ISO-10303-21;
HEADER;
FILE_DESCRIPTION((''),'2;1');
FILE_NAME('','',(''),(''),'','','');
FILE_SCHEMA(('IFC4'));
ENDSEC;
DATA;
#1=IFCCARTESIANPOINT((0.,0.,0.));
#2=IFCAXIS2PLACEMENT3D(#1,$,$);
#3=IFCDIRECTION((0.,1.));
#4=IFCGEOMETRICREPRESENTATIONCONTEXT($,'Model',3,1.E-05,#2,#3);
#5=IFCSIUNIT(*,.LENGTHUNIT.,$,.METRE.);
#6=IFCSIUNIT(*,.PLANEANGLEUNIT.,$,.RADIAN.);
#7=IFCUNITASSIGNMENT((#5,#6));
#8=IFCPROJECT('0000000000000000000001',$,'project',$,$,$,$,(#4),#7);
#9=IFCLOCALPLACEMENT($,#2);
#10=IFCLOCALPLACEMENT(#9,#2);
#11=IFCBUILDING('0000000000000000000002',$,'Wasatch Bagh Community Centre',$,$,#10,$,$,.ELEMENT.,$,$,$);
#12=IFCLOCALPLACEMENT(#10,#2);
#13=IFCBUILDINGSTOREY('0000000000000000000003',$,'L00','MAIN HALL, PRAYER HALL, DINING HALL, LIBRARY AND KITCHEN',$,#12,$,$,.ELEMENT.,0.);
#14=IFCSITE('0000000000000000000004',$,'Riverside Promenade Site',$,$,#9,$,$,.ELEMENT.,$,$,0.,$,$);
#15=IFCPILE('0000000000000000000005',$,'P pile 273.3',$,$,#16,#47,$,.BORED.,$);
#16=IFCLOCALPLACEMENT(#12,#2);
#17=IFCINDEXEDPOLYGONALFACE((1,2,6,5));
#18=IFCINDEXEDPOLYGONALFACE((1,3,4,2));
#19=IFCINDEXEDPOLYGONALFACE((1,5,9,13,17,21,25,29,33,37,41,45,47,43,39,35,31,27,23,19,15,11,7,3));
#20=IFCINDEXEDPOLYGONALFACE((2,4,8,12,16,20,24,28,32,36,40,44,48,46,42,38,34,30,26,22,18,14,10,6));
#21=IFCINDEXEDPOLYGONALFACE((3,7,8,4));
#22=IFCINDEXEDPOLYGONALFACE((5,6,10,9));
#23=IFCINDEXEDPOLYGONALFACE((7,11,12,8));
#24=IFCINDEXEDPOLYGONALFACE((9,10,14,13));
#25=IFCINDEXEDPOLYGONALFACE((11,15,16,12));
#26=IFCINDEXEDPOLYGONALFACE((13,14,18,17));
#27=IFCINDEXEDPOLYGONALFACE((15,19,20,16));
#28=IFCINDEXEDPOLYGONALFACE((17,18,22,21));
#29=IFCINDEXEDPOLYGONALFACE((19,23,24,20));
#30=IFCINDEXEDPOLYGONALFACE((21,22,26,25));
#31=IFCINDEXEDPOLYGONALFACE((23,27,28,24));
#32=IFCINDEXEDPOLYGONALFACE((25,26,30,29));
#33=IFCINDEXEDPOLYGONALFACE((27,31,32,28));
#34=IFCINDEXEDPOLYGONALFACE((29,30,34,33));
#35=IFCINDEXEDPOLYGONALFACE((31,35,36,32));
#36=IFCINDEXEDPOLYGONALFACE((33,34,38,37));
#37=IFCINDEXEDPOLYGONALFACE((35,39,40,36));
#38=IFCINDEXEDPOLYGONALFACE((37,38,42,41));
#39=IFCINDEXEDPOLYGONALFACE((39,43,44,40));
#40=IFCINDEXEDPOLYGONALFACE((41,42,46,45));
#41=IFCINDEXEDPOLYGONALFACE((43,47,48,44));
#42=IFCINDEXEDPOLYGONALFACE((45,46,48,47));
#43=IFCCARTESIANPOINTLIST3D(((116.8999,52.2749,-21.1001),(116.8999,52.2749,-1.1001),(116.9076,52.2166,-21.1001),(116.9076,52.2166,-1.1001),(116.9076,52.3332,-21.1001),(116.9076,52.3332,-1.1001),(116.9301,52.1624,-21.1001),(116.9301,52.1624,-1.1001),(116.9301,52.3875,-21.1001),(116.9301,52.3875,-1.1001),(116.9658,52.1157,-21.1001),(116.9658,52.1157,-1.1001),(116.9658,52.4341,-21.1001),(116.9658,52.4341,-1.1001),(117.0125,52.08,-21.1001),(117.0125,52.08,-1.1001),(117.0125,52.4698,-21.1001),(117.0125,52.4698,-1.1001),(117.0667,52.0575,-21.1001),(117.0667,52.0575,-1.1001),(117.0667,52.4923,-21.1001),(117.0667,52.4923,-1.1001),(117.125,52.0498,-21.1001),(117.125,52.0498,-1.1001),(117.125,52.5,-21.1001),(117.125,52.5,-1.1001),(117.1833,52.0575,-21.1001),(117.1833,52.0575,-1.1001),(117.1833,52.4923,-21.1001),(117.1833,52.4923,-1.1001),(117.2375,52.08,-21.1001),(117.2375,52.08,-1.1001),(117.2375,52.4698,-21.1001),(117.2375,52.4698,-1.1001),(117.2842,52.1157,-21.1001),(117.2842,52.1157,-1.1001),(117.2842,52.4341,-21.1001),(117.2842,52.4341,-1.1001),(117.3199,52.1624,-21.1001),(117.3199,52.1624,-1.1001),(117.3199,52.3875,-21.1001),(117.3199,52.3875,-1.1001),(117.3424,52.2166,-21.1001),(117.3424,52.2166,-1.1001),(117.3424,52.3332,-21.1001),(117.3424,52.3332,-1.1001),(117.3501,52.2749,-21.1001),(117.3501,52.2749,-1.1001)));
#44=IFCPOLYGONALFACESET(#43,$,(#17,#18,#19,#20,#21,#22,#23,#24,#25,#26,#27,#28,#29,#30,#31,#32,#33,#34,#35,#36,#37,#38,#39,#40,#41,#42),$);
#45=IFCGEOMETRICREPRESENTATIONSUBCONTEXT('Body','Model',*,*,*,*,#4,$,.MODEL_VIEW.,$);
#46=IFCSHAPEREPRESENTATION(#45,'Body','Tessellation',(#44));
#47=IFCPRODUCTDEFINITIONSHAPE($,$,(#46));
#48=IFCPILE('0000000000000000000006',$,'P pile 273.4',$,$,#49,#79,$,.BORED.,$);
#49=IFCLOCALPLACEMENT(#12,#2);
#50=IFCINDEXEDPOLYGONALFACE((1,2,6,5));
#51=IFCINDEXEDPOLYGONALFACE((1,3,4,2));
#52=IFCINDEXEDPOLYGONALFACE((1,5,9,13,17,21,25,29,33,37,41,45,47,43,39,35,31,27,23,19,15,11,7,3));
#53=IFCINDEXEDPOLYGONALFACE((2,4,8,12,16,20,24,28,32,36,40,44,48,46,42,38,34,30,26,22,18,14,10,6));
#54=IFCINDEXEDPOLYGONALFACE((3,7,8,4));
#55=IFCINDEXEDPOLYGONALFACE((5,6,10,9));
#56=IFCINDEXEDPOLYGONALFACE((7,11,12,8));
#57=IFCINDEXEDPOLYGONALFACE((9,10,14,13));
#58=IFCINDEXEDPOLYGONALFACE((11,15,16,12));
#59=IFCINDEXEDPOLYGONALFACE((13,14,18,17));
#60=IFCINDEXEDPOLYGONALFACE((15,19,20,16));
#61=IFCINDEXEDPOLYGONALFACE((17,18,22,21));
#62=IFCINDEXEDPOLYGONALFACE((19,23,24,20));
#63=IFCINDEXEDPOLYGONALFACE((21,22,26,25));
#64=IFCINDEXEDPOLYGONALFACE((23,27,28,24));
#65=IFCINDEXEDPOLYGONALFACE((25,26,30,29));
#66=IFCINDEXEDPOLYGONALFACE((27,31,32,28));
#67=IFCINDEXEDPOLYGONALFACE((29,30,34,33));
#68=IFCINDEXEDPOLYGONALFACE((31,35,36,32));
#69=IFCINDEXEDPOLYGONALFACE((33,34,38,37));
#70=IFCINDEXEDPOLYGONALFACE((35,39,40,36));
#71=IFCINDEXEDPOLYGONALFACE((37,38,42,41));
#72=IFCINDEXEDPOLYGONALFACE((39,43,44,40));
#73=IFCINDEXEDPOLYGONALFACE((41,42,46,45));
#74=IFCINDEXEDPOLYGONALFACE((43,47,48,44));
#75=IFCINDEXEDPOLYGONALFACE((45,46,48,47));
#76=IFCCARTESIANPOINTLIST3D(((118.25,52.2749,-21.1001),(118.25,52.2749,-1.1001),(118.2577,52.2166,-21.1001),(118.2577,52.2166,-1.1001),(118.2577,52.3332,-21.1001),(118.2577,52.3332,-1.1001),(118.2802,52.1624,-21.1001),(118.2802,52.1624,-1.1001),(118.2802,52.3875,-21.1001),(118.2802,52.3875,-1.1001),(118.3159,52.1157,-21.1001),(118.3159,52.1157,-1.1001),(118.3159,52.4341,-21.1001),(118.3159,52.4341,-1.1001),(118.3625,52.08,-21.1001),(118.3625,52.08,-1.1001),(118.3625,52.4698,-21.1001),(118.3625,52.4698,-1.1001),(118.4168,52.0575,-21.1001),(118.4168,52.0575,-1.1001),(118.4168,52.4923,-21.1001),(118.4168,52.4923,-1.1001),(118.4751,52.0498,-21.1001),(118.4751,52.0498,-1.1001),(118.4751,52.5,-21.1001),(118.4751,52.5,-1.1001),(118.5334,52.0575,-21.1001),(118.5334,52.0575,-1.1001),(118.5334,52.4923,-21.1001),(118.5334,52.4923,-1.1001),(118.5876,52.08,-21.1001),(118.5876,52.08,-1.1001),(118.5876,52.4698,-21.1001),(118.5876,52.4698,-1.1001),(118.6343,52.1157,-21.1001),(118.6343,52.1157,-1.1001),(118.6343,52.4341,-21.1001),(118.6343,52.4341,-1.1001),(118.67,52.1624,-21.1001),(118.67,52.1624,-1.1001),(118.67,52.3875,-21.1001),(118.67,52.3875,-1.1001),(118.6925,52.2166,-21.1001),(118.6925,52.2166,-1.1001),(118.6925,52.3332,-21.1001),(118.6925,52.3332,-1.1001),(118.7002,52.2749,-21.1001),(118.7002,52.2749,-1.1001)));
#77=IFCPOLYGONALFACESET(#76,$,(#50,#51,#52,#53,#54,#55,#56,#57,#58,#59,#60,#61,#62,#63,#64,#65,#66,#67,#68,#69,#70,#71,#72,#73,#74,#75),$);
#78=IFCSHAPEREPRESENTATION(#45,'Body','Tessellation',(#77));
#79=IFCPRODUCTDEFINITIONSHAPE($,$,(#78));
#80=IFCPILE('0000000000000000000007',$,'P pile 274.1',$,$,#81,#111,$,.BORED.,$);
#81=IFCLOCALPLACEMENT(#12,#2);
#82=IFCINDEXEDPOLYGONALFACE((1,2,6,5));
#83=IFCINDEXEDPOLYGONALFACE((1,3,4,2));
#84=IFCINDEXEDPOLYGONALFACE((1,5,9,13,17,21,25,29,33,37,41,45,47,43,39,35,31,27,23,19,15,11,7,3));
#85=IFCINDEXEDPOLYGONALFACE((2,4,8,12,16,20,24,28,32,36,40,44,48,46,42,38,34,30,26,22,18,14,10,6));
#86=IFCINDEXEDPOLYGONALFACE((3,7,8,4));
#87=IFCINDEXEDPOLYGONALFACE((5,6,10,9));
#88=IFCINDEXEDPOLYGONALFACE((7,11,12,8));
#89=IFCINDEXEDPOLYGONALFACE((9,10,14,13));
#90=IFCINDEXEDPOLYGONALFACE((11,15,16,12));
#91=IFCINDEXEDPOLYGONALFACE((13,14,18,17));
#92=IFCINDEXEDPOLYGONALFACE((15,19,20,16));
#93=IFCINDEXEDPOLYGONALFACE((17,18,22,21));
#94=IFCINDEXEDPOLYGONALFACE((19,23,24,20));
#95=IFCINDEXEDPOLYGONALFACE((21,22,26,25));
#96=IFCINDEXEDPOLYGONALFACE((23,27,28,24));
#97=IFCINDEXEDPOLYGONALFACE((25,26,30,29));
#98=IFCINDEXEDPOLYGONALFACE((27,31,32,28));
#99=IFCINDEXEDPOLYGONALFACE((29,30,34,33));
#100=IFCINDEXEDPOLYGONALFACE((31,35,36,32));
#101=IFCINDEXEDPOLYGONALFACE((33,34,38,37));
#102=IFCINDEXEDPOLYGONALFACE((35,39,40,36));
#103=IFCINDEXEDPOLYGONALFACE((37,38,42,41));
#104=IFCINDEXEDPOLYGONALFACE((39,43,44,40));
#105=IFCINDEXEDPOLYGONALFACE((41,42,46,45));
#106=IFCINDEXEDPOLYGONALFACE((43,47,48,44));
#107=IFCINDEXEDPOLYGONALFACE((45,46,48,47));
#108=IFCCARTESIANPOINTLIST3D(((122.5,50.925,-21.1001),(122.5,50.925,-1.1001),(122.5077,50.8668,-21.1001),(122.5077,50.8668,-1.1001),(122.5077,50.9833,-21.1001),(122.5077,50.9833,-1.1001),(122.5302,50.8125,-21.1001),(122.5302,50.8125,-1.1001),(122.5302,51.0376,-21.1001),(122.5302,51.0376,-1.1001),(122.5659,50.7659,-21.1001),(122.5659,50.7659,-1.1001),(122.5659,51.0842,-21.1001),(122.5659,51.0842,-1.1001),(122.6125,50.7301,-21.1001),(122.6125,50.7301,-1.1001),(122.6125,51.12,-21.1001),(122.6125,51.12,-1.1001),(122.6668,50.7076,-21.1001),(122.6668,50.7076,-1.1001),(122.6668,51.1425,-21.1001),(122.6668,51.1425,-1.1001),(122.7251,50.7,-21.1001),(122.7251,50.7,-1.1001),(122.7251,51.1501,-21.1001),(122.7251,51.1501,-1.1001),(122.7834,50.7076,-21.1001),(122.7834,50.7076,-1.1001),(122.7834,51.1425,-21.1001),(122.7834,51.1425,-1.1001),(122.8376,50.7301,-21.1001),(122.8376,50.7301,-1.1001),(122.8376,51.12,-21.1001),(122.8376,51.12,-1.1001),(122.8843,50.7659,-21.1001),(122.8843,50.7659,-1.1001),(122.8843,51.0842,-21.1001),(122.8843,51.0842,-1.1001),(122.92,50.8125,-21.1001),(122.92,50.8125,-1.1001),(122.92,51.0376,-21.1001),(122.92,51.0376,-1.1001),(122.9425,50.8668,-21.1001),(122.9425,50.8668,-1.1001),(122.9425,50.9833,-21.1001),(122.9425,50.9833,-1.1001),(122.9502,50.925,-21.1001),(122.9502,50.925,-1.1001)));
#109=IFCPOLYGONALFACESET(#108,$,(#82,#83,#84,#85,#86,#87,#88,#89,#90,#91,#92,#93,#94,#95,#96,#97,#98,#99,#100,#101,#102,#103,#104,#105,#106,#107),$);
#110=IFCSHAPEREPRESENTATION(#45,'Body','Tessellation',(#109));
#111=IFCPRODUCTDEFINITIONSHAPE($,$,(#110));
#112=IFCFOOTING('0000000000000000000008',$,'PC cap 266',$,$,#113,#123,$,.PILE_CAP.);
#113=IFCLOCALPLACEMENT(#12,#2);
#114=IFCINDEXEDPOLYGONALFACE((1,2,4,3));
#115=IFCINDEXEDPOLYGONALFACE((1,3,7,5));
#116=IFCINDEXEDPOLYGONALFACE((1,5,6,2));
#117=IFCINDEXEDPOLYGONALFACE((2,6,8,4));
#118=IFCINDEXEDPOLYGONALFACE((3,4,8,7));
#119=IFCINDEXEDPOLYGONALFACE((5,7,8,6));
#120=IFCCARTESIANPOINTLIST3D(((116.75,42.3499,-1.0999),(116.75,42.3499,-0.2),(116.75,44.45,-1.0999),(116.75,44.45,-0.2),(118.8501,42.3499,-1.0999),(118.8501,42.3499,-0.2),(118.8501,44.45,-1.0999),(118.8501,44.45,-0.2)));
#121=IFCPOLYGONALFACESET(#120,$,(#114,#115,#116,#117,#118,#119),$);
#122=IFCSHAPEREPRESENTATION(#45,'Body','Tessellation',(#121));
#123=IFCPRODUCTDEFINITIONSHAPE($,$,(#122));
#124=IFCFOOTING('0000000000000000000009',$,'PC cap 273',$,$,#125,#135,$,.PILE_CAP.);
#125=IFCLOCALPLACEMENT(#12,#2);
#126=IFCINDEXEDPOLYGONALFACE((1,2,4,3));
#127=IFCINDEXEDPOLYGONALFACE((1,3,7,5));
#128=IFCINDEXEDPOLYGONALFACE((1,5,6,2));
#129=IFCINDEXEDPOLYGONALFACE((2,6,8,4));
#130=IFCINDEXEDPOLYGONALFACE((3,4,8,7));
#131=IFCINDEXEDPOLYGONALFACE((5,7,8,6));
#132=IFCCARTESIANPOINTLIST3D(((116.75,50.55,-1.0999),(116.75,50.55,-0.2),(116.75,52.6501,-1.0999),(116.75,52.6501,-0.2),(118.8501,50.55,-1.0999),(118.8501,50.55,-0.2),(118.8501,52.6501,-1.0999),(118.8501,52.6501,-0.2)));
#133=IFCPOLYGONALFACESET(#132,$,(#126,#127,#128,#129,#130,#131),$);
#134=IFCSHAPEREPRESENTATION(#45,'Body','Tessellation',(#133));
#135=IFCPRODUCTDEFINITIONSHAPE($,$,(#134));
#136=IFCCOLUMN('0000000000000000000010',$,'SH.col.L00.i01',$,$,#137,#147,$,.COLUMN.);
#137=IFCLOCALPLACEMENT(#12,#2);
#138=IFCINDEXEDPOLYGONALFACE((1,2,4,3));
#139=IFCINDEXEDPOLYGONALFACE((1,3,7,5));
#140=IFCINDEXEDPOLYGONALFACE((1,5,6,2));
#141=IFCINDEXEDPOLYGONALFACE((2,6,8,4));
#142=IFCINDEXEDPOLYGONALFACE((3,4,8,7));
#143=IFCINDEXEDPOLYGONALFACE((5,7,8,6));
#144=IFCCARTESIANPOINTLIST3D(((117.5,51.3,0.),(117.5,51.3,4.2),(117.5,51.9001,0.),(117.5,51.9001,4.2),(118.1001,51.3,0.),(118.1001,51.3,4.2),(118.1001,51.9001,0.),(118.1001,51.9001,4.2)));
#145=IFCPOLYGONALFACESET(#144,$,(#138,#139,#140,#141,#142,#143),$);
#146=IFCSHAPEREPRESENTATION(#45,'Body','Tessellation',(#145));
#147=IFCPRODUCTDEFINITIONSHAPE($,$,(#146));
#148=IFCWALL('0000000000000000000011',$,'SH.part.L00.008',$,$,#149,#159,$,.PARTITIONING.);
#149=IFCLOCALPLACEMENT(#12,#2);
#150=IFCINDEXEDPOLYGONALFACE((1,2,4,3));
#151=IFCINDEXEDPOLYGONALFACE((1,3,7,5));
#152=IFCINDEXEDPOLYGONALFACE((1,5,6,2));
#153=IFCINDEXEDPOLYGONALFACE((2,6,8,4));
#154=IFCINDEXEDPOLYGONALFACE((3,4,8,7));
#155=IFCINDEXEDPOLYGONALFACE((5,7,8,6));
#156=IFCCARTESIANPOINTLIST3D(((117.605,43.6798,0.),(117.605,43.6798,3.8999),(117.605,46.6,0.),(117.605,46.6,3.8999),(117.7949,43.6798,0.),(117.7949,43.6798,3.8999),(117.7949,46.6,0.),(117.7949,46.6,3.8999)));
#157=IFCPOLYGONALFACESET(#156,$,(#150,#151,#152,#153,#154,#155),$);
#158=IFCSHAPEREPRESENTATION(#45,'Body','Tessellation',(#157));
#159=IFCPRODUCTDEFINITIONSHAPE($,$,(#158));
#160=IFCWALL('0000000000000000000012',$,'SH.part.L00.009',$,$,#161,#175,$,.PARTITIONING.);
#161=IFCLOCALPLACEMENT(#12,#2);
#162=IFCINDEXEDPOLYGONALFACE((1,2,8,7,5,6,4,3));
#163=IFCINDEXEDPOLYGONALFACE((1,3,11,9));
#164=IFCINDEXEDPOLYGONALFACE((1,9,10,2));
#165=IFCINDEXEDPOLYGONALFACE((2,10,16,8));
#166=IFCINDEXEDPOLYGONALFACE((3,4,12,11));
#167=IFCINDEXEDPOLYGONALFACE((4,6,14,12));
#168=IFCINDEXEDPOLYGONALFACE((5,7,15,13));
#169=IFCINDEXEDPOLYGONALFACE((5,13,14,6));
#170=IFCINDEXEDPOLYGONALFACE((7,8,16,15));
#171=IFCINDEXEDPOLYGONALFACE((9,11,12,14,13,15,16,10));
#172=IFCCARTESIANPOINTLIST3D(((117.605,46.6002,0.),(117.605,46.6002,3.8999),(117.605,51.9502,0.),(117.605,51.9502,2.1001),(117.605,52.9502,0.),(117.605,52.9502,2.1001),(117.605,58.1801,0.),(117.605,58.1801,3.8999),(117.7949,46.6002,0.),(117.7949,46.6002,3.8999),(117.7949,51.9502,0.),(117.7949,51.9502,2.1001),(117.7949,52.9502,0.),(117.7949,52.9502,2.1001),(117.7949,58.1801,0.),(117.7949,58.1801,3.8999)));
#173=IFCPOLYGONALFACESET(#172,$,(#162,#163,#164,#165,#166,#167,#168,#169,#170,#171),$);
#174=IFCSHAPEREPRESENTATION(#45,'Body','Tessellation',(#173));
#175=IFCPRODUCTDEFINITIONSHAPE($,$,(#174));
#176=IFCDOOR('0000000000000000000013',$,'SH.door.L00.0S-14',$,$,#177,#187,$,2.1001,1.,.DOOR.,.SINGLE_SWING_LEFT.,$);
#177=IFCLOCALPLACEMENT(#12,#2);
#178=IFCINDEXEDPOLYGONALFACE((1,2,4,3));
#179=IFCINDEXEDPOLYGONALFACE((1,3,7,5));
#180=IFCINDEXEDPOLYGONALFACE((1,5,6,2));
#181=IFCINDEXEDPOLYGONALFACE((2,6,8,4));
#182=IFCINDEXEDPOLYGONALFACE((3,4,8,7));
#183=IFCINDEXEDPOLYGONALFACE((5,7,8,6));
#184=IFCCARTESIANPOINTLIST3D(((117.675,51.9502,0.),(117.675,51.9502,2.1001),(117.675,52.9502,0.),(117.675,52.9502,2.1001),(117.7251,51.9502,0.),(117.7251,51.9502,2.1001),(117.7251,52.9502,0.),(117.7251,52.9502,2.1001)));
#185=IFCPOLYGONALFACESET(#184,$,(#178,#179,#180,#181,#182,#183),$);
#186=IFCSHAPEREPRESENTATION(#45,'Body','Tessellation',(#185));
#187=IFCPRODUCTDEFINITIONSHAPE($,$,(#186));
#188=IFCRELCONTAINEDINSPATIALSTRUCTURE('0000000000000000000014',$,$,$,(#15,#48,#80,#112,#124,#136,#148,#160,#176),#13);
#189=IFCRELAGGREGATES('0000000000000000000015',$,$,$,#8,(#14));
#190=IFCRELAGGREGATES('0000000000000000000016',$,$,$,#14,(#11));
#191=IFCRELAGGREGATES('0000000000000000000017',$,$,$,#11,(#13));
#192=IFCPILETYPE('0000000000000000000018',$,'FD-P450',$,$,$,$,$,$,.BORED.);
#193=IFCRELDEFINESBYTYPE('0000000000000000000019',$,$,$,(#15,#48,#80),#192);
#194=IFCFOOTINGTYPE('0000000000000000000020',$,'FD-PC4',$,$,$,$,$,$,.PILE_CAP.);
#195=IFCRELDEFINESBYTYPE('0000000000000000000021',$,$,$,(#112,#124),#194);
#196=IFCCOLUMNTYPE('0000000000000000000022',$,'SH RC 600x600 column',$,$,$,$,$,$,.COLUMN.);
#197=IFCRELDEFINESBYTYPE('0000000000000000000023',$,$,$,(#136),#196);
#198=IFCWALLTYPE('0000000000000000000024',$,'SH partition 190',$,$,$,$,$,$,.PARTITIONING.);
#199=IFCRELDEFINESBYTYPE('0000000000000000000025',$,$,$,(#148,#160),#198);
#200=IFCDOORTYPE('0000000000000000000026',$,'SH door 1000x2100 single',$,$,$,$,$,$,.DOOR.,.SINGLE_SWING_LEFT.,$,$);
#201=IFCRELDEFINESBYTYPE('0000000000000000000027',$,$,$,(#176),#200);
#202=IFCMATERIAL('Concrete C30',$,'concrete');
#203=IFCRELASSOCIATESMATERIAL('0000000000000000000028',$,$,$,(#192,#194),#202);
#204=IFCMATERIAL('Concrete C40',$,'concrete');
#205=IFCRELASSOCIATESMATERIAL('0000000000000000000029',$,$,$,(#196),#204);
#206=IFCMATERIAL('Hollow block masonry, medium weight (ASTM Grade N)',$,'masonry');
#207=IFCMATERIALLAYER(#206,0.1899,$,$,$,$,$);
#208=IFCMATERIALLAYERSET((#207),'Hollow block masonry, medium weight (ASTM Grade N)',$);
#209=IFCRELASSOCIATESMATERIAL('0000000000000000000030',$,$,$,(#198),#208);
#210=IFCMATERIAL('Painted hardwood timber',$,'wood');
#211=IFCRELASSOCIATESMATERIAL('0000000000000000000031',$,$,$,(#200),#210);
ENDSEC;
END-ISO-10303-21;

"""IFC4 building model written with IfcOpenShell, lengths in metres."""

from ifc_helpers import new_model, si_unit, direction, frame, frame_2d, origin, origin_2d, place, context, subcontext, project, spatial, rectangle, circle, extrude, material, layer, layer_set, material_profile, profile_set, type_object, element, fill, save


model = new_model("IFC4")

# Units and contexts
model_context = context("Model", 3, precision=1e-05, world=origin(), true_north=direction((0.0, 1.0)))
body_context = subcontext(model_context, "Body", "Model", "MODEL_VIEW")
ifc_project = project(units=[si_unit("LENGTHUNIT", "METRE"), si_unit("PLANEANGLEUNIT", "RADIAN")], contexts=[model_context])

# Site, building, storey
site_placement = place(None, origin())
site = spatial("IfcSite", under=ifc_project, at=site_placement, Name="Riverside Promenade Site", CompositionType="ELEMENT", RefElevation=0.0)
building_placement = place(site_placement, origin())
building = spatial("IfcBuilding", under=site, at=building_placement, Name="Wasatch Bagh Community Centre", CompositionType="ELEMENT")
storey_placement = place(building_placement, origin())
storey = spatial("IfcBuildingStorey", under=building, at=storey_placement, Name="L00", Description="MAIN HALL, PRAYER HALL, DINING HALL, LIBRARY AND KITCHEN", CompositionType="ELEMENT", Elevation=0.0)

# Piles
ifc_material_1 = material(Name="Concrete C30", Category="concrete")
ifc_material_profile_1 = material_profile(ifc_material_1, circle(Radius=0.2251, at=origin_2d()), Name="RC D450")
ifc_profile_set_1 = profile_set([ifc_material_profile_1], Name="Concrete C30")
pile_type = type_object("IfcPileType", Name="FD-P450", PredefinedType="BORED", material=ifc_profile_set_1)
for number, where, z_axis, x_axis, name in (
    (1, (117.125, 52.2749, -1.1001), (0.0, 0.0, -1.0), (1.0, 0.0, 0.0), "P pile 273.3"),
    (2, (118.4751, 52.2749, -1.1001), (0.0, 0.0, -1.0), (1.0, 0.0, 0.0), "P pile 273.4"),
    (3, (122.7251, 50.925, -1.1001), (0.0, 0.0, -1.0), (1.0, 0.0, 0.0), "P pile 274.1"),
):
    element("IfcPile", number, at=place(storey_placement, frame(where, z_axis=z_axis, x_axis=x_axis)), inside=storey, type_object=pile_type, Name=name, PredefinedType="BORED", context=body_context, shape_type="SweptSolid", body=[
        extrude(circle(Radius=0.2251, at=origin_2d()), origin(), (0.0, 0.0, 1.0), 20.0),
    ])

# Footings
footing_type_1 = type_object("IfcFootingType", Name="FD-PC4", PredefinedType="PILE_CAP", material=ifc_material_1)
for number, where, z_axis, x_axis, name in (
    (4, (117.8, 43.3999, -1.0999), (0.0, 0.0, 1.0), (1.0, 0.0, 0.0), "PC cap 266"),
    (5, (117.8, 51.6001, -1.0999), (0.0, 0.0, 1.0), (1.0, 0.0, 0.0), "PC cap 273"),
):
    element("IfcFooting", number, at=place(storey_placement, frame(where, z_axis=z_axis, x_axis=x_axis)), inside=storey, type_object=footing_type_1, Name=name, PredefinedType="PILE_CAP", context=body_context, shape_type="SweptSolid", body=[
        extrude(rectangle(XDim=2.1001, YDim=2.1001, at=origin_2d()), origin(), (0.0, 0.0, 1.0), 0.8999),
    ])

# Column
ifc_material_2 = material(Name="Concrete C40", Category="concrete")
ifc_material_profile_2 = material_profile(ifc_material_2, rectangle(XDim=0.6001, YDim=0.6001, at=origin_2d()), Name="RC 600x600")
ifc_profile_set_2 = profile_set([ifc_material_profile_2], Name="Concrete C40")
column_type = type_object("IfcColumnType", Name="SH RC 600x600 column", PredefinedType="COLUMN", material=ifc_profile_set_2)
column_placement = place(storey_placement, frame((117.8, 51.6001, 0.0), z_axis=(0.0, 0.0, 1.0), x_axis=(1.0, 0.0, 0.0)))
element("IfcColumn", 6, at=column_placement, inside=storey, type_object=column_type, Name="SH.col.L00.i01", PredefinedType="COLUMN", context=body_context, shape_type="SweptSolid", body=[
    extrude(rectangle(XDim=0.6001, YDim=0.6001, at=origin_2d()), origin(), (0.0, 0.0, 1.0), 4.2),
])

# Wall
ifc_material_3 = material(Name="Hollow block masonry, medium weight (ASTM Grade N)", Category="masonry")
ifc_layer = layer(ifc_material_3, 0.1899)
ifc_layer_set = layer_set([ifc_layer], Name="Hollow block masonry, medium weight (ASTM Grade N)")
wall_type = type_object("IfcWallType", Name="SH partition 190", PredefinedType="PARTITIONING", material=ifc_layer_set)
wall_1_placement = place(storey_placement, frame((117.7, 43.6799, 0.0), z_axis=(0.0, 0.0, 1.0), x_axis=(0.0, 1.0, 0.0)))
element("IfcWall", 7, at=wall_1_placement, inside=storey, type_object=wall_type, Name="SH.part.L00.008", PredefinedType="PARTITIONING", context=body_context, shape_type="SweptSolid", body=[
    extrude(rectangle(XDim=2.9202, YDim=0.1899, at=frame_2d((1.46, 0.0))), origin(), (0.0, 0.0, 1.0), 3.8999),
])

# Wall, opening, door
wall_2_placement = place(storey_placement, frame((117.7, 46.6001, 0.0), z_axis=(0.0, 0.0, 1.0), x_axis=(0.0, 1.0, 0.0)))
wall_2 = element("IfcWall", 8, at=wall_2_placement, inside=storey, type_object=wall_type, Name="SH.part.L00.009", PredefinedType="PARTITIONING", context=body_context, shape_type="SweptSolid", body=[
    extrude(rectangle(XDim=11.5798, YDim=0.1899, at=frame_2d((5.79, 0.0))), origin(), (0.0, 0.0, 1.0), 3.8999),
])
opening_1_placement = place(wall_2_placement, frame((5.3501, 0.0, 0.0)))
opening_1 = element("IfcOpeningElement", 9, at=opening_1_placement, cuts=wall_2, PredefinedType="OPENING", context=body_context, shape_type="SweptSolid", body=[
    extrude(rectangle(XDim=1.0, YDim=2.1001, at=frame_2d((0.5, 1.05))), frame((0.0, 0.105, 0.0), z_axis=(0.0, -1.0, 0.0), x_axis=(1.0, 0.0, 0.0)), (0.0, 0.0, 1.0), 0.21),
])
ifc_material_4 = material(Name="Painted hardwood timber", Category="wood")
door_type_1 = type_object("IfcDoorType", Name="SH door 1000x2100 single", OperationType="SINGLE_SWING_LEFT", PredefinedType="DOOR", material=ifc_material_4)
door_1_placement = place(opening_1_placement, origin())
door_1 = element("IfcDoor", 10, at=door_1_placement, inside=storey, type_object=door_type_1, Name="SH.door.L00.0S-14", OperationType="SINGLE_SWING_LEFT", OverallHeight=2.1001, OverallWidth=1.0, PredefinedType="DOOR", context=body_context, shape_type="SweptSolid", body=[
    extrude(rectangle(XDim=1.0, YDim=2.1001, at=frame_2d((0.5, 1.05))), frame((0.0, 0.0249, 0.0), z_axis=(0.0, -1.0, 0.0), x_axis=(1.0, 0.0, 0.0)), (0.0, 0.0, 1.0), 0.05),
])
fill(opening_1, door_1)

save(model, "model.ifc")
